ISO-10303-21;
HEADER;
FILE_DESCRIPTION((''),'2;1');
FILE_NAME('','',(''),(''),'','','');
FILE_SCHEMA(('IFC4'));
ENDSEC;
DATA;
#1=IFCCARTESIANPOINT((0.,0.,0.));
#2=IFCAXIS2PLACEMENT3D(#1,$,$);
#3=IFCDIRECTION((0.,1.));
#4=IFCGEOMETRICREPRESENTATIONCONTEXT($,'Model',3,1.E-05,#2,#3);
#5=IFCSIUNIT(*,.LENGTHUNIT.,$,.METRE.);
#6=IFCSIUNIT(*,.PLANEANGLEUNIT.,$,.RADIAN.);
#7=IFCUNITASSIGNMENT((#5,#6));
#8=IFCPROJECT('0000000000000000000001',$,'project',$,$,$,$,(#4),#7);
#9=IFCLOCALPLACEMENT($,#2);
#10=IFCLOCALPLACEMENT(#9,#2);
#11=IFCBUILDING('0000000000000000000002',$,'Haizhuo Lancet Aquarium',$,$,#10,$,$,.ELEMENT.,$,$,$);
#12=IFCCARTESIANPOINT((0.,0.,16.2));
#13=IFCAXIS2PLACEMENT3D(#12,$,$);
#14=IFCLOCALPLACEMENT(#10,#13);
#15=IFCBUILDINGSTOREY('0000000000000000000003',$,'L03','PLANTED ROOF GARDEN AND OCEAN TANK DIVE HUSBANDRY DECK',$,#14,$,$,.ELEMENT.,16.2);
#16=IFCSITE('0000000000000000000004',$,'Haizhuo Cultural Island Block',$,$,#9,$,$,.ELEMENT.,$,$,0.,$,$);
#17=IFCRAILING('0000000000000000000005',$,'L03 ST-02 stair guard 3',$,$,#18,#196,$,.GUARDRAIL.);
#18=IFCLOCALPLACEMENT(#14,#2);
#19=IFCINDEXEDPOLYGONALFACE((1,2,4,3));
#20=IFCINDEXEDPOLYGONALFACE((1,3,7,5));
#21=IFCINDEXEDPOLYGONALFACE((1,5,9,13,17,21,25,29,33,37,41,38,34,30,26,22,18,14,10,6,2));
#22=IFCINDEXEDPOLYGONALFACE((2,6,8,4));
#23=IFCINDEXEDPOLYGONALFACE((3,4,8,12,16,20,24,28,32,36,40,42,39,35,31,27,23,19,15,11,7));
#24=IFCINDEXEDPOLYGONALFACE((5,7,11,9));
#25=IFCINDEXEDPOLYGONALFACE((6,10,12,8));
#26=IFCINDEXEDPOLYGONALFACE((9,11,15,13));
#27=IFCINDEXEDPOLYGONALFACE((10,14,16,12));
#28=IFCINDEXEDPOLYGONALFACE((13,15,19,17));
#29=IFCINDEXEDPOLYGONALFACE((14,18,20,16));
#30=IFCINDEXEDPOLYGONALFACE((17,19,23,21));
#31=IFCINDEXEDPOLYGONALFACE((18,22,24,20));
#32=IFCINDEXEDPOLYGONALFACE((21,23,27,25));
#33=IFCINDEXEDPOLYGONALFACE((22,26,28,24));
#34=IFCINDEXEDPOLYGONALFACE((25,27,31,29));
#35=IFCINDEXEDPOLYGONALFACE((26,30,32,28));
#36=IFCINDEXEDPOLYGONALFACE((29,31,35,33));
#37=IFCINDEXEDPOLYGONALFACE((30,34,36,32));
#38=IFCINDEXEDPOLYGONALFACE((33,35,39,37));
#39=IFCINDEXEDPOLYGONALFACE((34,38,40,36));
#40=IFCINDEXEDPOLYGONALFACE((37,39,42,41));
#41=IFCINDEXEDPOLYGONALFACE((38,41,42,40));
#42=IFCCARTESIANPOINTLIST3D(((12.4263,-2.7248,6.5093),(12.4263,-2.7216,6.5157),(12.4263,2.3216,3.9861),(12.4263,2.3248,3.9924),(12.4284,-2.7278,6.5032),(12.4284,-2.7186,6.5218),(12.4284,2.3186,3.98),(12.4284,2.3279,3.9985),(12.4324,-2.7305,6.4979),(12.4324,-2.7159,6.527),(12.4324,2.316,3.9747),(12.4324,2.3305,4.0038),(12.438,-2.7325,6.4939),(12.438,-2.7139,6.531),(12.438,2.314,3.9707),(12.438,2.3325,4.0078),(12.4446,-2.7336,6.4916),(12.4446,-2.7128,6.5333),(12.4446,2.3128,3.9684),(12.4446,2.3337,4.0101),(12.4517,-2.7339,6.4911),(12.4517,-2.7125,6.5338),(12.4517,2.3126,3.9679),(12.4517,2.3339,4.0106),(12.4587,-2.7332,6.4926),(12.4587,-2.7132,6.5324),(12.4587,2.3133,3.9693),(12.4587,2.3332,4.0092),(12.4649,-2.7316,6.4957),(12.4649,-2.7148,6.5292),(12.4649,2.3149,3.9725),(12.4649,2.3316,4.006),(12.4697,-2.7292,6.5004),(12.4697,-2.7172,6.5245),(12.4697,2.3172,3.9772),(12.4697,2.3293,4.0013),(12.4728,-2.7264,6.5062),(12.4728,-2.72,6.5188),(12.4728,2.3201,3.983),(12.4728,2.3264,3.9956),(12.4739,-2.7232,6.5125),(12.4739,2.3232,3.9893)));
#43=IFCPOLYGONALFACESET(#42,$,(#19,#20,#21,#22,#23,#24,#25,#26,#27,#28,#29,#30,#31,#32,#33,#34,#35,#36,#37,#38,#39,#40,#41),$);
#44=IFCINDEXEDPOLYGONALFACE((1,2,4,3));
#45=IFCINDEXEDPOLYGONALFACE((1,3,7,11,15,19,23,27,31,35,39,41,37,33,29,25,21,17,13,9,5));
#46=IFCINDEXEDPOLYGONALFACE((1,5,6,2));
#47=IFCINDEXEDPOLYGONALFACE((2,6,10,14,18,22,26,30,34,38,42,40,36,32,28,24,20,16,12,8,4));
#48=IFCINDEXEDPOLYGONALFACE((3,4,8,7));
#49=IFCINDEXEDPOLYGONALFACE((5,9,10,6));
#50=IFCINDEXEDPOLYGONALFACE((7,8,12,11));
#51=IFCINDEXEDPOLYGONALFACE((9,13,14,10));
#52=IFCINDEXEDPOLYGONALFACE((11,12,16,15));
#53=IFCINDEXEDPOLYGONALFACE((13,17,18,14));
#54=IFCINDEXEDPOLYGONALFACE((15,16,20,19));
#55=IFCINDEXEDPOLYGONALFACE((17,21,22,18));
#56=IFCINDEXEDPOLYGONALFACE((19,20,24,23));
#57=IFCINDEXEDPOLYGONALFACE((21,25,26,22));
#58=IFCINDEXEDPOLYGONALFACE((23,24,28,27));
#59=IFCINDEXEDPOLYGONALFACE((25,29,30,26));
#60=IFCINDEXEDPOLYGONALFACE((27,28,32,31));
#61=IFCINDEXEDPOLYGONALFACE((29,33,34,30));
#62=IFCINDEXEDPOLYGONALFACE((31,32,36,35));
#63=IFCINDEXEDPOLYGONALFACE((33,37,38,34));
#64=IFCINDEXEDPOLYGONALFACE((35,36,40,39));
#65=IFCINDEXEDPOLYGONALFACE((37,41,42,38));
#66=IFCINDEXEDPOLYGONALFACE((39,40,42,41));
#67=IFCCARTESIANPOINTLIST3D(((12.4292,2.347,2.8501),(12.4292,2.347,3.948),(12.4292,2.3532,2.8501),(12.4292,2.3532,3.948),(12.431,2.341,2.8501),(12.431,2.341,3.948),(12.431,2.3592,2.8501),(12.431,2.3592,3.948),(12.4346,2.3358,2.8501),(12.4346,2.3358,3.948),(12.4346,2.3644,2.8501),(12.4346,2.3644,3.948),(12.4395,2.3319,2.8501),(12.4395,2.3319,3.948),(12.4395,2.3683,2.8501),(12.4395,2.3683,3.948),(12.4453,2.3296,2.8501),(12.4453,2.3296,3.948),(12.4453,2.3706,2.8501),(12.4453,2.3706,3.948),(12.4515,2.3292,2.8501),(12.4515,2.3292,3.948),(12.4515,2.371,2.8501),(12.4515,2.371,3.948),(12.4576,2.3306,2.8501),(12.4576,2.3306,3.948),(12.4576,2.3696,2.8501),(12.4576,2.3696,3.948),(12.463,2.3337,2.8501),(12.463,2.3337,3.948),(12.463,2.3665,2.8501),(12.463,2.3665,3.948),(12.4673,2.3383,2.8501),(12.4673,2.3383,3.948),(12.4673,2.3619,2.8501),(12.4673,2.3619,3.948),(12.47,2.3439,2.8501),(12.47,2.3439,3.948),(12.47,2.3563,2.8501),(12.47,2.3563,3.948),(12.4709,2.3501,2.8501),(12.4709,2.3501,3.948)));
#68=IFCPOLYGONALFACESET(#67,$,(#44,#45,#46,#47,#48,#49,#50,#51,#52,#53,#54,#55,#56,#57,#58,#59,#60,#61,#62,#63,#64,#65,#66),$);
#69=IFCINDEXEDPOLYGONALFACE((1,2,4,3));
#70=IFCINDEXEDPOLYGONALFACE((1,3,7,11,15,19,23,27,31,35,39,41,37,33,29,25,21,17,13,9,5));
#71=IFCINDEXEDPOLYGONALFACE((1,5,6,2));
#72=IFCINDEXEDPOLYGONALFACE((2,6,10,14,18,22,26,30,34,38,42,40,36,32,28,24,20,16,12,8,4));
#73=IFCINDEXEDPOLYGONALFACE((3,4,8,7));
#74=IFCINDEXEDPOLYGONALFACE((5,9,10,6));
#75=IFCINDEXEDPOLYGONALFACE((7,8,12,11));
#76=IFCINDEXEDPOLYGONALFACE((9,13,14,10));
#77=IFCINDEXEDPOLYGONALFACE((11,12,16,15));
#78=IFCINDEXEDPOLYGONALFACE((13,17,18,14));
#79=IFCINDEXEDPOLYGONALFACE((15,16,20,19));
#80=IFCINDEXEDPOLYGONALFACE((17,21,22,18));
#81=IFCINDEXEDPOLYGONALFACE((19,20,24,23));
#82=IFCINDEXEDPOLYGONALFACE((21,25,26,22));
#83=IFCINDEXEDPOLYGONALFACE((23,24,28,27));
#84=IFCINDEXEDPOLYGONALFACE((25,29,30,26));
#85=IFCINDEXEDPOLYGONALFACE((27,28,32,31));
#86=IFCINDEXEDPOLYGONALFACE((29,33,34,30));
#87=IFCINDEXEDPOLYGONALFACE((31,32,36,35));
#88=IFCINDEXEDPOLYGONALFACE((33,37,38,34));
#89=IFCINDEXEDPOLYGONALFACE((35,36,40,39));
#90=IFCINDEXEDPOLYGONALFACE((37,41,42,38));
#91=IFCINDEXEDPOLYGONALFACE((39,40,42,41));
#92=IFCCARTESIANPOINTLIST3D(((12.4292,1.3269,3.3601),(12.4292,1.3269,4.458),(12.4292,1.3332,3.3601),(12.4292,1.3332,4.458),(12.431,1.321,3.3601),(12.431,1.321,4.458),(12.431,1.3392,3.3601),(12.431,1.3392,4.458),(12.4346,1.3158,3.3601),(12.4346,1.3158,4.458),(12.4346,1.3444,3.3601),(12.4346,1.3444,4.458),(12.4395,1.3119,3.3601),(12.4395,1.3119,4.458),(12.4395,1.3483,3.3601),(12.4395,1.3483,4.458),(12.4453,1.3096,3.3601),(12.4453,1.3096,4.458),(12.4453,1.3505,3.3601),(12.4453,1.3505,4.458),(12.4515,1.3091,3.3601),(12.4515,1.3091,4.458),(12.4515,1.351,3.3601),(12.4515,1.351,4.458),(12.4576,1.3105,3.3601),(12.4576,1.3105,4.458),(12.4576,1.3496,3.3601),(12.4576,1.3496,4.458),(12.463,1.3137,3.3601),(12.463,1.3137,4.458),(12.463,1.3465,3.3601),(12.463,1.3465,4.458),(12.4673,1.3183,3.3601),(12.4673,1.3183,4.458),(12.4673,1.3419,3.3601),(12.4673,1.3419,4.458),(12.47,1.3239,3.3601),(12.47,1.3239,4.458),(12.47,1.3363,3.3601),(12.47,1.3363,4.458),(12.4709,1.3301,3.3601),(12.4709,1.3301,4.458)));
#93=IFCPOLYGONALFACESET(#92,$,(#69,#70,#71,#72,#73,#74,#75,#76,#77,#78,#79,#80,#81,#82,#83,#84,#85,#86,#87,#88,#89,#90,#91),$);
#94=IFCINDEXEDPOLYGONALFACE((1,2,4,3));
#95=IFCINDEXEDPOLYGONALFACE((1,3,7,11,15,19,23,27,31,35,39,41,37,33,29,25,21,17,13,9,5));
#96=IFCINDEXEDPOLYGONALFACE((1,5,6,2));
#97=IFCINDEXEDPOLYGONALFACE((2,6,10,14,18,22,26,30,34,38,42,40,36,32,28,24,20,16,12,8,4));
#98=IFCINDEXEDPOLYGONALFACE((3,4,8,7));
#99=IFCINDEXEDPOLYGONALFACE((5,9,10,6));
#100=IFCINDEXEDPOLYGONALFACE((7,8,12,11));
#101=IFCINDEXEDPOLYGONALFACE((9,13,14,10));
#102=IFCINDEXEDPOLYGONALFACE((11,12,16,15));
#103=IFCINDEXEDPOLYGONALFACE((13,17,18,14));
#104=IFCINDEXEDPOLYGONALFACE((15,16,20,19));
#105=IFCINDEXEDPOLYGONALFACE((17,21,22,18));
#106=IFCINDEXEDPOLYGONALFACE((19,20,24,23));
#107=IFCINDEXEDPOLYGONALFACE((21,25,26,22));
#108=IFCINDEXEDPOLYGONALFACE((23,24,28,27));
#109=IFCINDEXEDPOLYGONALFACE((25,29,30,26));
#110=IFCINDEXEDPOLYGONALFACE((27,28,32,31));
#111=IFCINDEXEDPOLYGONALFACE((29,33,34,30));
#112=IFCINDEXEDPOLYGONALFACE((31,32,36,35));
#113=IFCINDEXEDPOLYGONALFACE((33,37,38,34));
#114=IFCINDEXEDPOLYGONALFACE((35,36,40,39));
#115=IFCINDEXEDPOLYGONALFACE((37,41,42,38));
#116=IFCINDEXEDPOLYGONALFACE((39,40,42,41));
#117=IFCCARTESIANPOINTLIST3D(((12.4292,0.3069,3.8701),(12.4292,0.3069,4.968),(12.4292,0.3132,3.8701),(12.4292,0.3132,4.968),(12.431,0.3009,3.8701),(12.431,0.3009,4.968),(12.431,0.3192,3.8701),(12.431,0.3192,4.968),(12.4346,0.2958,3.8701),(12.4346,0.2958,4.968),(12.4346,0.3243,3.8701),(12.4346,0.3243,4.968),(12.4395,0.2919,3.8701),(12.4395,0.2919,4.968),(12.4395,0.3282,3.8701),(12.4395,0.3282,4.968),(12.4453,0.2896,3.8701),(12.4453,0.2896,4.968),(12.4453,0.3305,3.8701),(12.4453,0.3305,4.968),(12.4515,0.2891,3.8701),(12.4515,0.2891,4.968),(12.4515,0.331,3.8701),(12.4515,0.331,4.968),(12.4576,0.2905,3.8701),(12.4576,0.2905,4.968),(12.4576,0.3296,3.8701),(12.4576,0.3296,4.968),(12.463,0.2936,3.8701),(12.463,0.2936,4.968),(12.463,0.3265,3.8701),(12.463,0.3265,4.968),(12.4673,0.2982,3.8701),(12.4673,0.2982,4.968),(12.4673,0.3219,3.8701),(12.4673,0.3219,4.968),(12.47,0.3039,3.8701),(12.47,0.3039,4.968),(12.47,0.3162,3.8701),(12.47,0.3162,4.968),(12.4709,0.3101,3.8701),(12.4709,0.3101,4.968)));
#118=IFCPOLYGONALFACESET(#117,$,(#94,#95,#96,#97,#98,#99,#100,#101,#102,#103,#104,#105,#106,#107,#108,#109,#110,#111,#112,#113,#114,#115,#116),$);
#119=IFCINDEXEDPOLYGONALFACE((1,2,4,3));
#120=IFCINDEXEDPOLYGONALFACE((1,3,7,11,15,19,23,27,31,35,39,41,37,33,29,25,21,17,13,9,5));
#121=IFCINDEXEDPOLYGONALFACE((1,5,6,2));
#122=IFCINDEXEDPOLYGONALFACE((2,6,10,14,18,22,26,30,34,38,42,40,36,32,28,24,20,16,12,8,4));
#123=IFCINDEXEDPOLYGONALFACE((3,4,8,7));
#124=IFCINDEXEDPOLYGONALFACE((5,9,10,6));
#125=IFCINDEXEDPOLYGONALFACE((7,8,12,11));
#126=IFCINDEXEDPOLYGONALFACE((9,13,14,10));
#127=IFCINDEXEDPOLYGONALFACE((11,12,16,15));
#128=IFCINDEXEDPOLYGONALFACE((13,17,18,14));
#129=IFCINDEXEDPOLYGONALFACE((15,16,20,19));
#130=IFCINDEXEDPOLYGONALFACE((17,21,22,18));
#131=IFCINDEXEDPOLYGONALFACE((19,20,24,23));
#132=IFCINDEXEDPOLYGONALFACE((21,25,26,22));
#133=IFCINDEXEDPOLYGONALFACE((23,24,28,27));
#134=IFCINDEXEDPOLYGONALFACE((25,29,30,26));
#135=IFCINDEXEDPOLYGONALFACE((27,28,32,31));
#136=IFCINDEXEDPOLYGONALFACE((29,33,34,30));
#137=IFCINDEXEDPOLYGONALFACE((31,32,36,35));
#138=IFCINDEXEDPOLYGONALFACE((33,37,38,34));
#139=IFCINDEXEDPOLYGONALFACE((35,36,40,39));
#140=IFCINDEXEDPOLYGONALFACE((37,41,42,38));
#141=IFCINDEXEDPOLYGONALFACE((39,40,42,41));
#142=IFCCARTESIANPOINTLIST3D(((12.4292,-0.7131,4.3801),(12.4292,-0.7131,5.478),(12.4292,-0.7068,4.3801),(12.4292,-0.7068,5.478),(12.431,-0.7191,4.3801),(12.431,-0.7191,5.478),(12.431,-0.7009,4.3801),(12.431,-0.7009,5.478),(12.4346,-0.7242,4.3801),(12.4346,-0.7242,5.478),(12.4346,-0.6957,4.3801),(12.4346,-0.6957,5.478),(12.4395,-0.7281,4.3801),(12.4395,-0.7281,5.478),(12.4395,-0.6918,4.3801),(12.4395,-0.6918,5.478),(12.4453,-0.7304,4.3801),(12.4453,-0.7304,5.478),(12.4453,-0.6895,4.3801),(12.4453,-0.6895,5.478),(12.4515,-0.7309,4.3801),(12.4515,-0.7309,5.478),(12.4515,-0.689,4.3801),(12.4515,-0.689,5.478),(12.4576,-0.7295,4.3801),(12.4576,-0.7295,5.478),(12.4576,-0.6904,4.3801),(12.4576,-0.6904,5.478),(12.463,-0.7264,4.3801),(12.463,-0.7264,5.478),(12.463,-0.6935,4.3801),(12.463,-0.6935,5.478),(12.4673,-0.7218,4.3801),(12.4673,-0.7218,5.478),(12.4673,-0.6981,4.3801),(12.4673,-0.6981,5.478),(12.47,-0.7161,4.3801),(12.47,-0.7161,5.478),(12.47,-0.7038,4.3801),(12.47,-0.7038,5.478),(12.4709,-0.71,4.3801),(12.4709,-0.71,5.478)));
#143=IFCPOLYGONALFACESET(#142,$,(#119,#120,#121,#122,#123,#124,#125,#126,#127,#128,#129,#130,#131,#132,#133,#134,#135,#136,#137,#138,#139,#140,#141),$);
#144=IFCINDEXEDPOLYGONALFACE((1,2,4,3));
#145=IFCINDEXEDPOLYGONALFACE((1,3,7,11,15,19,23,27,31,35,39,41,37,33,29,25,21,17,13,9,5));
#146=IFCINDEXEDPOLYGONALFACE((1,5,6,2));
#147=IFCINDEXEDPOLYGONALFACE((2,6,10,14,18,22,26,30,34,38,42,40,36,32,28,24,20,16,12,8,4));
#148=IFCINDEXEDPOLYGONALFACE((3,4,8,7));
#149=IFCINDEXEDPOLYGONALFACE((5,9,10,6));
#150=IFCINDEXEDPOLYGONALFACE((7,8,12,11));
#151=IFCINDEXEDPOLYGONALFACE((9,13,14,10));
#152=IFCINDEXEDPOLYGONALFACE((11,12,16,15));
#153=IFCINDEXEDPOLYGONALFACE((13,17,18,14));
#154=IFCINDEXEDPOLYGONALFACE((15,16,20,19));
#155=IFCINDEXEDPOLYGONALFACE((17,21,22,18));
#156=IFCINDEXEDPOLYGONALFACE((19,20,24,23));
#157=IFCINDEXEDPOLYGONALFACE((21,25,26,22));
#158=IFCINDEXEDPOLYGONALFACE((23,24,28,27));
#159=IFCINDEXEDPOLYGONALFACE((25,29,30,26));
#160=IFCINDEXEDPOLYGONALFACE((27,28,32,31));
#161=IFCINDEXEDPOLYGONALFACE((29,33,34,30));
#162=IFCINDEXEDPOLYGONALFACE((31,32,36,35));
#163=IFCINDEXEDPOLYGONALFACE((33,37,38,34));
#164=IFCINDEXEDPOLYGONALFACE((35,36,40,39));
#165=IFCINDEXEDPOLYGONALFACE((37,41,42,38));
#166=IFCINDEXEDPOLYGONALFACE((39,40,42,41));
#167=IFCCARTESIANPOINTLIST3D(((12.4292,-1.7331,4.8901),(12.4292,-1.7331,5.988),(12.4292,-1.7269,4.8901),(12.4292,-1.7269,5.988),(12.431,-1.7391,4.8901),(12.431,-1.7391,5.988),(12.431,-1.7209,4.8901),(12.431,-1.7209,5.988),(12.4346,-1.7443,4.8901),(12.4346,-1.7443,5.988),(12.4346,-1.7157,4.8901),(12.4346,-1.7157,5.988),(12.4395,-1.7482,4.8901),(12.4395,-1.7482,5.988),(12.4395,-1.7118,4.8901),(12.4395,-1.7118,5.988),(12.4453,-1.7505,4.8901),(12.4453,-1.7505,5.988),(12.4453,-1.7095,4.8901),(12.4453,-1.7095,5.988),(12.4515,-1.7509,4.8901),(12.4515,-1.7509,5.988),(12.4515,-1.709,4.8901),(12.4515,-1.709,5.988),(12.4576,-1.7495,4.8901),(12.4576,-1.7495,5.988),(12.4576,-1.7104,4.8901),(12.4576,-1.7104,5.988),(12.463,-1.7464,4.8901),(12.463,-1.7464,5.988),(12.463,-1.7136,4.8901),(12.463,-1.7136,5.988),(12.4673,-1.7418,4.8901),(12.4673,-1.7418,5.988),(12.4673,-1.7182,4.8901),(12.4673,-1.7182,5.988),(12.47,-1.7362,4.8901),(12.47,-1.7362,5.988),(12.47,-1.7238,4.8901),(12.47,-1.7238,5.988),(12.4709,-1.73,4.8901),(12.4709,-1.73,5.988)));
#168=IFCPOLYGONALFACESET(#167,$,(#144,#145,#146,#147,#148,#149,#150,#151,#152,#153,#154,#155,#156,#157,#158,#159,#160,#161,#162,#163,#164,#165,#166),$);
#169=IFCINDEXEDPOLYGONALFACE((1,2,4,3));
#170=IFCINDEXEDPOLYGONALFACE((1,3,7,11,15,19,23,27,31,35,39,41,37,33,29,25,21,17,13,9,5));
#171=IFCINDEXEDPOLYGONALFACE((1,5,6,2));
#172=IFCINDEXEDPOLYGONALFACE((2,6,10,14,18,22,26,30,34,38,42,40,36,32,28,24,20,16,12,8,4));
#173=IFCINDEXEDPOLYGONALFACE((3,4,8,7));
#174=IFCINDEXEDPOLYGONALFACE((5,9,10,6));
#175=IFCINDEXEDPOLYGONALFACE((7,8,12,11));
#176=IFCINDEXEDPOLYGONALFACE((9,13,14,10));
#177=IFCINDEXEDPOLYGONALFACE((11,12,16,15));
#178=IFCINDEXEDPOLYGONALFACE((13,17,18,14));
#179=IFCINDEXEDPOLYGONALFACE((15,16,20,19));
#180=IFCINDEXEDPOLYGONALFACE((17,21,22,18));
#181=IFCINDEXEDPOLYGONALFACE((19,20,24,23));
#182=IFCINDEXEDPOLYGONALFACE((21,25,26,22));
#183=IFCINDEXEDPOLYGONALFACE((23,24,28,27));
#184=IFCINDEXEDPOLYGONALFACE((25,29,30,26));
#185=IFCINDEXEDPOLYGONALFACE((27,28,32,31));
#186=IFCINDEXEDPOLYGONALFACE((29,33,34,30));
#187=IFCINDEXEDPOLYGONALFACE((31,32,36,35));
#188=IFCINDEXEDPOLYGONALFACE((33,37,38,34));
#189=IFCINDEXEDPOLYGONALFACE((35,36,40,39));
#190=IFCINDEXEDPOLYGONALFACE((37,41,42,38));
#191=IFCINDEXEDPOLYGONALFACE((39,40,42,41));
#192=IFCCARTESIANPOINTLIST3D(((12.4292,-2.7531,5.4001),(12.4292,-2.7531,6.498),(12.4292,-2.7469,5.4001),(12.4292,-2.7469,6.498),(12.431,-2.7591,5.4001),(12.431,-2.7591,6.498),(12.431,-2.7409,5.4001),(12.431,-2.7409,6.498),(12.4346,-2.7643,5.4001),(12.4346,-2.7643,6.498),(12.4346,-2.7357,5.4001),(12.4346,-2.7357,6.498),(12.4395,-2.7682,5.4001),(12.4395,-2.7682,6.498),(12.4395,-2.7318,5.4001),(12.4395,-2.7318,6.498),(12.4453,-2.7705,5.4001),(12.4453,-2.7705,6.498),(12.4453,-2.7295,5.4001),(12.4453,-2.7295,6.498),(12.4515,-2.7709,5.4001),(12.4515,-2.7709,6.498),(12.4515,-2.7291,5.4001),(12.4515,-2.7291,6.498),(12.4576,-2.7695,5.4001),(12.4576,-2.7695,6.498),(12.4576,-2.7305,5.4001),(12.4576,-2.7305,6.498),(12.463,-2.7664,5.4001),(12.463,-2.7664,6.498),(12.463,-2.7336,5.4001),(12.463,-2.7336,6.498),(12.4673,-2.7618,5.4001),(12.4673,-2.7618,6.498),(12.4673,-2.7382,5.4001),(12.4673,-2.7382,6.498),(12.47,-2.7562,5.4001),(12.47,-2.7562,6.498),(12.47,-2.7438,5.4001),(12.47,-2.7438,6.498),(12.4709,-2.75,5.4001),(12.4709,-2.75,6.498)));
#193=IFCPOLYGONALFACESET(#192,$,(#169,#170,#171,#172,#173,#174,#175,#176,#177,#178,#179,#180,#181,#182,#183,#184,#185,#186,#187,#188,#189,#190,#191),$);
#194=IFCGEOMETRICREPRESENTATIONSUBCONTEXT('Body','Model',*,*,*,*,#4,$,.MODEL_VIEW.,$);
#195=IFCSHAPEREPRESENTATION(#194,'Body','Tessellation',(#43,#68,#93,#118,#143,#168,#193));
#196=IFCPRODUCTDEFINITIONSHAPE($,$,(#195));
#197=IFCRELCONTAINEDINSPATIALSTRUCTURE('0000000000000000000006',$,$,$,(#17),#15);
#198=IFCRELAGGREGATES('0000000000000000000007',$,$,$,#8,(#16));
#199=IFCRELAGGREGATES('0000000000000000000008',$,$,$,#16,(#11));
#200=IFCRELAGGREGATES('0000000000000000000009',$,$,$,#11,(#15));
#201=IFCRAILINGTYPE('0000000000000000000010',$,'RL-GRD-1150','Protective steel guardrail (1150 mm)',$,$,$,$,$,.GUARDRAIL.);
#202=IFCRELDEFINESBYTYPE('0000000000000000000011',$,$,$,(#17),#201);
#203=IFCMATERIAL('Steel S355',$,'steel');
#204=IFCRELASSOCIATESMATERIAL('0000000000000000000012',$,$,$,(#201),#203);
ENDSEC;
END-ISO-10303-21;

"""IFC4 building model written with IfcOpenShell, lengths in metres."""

from ifc_helpers import new_model, si_unit, direction, frame, origin, origin_2d, place, context, subcontext, project, spatial, circle, extrude, material, type_object, element, save


model = new_model("IFC4")

# Units and contexts
model_context = context("Model", 3, precision=1e-05, world=origin(), true_north=direction((0.0, 1.0)))
body_context = subcontext(model_context, "Body", "Model", "MODEL_VIEW")
ifc_project = project(units=[si_unit("LENGTHUNIT", "METRE"), si_unit("PLANEANGLEUNIT", "RADIAN")], contexts=[model_context])

# Site, building, storey
site_placement = place(None, origin())
site = spatial("IfcSite", under=ifc_project, at=site_placement, Name="Haizhuo Cultural Island Block", CompositionType="ELEMENT", RefElevation=0.0)
building_placement = place(site_placement, origin())
building = spatial("IfcBuilding", under=site, at=building_placement, Name="Haizhuo Lancet Aquarium", CompositionType="ELEMENT")
storey_placement = place(building_placement, frame((0.0, 0.0, 16.2)))
storey = spatial("IfcBuildingStorey", under=building, at=storey_placement, Name="L03", Description="PLANTED ROOF GARDEN AND OCEAN TANK DIVE HUSBANDRY DECK", CompositionType="ELEMENT", Elevation=16.2)

# Shared definitions
ifc_material_1 = material(Name="Steel S355", Category="steel")

# Railing
railing_type_1 = type_object("IfcRailingType", Name="RL-GRD-1150", Description="Protective steel guardrail (1150 mm)", PredefinedType="GUARDRAIL", material=ifc_material_1)
railing_1_placement = place(storey_placement, frame((12.45, 2.3501, 2.8501)))
element("IfcRailing", 1, at=railing_1_placement, inside=storey, type_object=railing_type_1, Name="L03 ST-02 stair guard 3", PredefinedType="GUARDRAIL", context=body_context, shape_type="SweptSolid", body=[
    extrude(circle(Radius=0.0239, at=origin_2d()), frame((0.0, -0.0269, 1.1392), z_axis=(0.0, -0.894427, 0.447214), x_axis=(1.0, 0.0, 0.0)), (0.0, 0.0, 1.0), 5.6421),
    extrude(circle(Radius=0.021, at=origin_2d()), origin(), (0.0, 0.0, 1.0), 1.0979),
    extrude(circle(Radius=0.021, at=origin_2d()), frame((0.0, -1.02, 0.51)), (0.0, 0.0, 1.0), 1.0979),
    extrude(circle(Radius=0.021, at=origin_2d()), frame((0.0, -2.04, 1.02)), (0.0, 0.0, 1.0), 1.0979),
    extrude(circle(Radius=0.021, at=origin_2d()), frame((0.0, -3.0601, 1.53)), (0.0, 0.0, 1.0), 1.0979),
    extrude(circle(Radius=0.021, at=origin_2d()), frame((0.0, -4.0801, 2.04)), (0.0, 0.0, 1.0), 1.0979),
    extrude(circle(Radius=0.021, at=origin_2d()), frame((0.0, -5.1001, 2.55)), (0.0, 0.0, 1.0), 1.0979),
])

save(model, "model.ifc")
